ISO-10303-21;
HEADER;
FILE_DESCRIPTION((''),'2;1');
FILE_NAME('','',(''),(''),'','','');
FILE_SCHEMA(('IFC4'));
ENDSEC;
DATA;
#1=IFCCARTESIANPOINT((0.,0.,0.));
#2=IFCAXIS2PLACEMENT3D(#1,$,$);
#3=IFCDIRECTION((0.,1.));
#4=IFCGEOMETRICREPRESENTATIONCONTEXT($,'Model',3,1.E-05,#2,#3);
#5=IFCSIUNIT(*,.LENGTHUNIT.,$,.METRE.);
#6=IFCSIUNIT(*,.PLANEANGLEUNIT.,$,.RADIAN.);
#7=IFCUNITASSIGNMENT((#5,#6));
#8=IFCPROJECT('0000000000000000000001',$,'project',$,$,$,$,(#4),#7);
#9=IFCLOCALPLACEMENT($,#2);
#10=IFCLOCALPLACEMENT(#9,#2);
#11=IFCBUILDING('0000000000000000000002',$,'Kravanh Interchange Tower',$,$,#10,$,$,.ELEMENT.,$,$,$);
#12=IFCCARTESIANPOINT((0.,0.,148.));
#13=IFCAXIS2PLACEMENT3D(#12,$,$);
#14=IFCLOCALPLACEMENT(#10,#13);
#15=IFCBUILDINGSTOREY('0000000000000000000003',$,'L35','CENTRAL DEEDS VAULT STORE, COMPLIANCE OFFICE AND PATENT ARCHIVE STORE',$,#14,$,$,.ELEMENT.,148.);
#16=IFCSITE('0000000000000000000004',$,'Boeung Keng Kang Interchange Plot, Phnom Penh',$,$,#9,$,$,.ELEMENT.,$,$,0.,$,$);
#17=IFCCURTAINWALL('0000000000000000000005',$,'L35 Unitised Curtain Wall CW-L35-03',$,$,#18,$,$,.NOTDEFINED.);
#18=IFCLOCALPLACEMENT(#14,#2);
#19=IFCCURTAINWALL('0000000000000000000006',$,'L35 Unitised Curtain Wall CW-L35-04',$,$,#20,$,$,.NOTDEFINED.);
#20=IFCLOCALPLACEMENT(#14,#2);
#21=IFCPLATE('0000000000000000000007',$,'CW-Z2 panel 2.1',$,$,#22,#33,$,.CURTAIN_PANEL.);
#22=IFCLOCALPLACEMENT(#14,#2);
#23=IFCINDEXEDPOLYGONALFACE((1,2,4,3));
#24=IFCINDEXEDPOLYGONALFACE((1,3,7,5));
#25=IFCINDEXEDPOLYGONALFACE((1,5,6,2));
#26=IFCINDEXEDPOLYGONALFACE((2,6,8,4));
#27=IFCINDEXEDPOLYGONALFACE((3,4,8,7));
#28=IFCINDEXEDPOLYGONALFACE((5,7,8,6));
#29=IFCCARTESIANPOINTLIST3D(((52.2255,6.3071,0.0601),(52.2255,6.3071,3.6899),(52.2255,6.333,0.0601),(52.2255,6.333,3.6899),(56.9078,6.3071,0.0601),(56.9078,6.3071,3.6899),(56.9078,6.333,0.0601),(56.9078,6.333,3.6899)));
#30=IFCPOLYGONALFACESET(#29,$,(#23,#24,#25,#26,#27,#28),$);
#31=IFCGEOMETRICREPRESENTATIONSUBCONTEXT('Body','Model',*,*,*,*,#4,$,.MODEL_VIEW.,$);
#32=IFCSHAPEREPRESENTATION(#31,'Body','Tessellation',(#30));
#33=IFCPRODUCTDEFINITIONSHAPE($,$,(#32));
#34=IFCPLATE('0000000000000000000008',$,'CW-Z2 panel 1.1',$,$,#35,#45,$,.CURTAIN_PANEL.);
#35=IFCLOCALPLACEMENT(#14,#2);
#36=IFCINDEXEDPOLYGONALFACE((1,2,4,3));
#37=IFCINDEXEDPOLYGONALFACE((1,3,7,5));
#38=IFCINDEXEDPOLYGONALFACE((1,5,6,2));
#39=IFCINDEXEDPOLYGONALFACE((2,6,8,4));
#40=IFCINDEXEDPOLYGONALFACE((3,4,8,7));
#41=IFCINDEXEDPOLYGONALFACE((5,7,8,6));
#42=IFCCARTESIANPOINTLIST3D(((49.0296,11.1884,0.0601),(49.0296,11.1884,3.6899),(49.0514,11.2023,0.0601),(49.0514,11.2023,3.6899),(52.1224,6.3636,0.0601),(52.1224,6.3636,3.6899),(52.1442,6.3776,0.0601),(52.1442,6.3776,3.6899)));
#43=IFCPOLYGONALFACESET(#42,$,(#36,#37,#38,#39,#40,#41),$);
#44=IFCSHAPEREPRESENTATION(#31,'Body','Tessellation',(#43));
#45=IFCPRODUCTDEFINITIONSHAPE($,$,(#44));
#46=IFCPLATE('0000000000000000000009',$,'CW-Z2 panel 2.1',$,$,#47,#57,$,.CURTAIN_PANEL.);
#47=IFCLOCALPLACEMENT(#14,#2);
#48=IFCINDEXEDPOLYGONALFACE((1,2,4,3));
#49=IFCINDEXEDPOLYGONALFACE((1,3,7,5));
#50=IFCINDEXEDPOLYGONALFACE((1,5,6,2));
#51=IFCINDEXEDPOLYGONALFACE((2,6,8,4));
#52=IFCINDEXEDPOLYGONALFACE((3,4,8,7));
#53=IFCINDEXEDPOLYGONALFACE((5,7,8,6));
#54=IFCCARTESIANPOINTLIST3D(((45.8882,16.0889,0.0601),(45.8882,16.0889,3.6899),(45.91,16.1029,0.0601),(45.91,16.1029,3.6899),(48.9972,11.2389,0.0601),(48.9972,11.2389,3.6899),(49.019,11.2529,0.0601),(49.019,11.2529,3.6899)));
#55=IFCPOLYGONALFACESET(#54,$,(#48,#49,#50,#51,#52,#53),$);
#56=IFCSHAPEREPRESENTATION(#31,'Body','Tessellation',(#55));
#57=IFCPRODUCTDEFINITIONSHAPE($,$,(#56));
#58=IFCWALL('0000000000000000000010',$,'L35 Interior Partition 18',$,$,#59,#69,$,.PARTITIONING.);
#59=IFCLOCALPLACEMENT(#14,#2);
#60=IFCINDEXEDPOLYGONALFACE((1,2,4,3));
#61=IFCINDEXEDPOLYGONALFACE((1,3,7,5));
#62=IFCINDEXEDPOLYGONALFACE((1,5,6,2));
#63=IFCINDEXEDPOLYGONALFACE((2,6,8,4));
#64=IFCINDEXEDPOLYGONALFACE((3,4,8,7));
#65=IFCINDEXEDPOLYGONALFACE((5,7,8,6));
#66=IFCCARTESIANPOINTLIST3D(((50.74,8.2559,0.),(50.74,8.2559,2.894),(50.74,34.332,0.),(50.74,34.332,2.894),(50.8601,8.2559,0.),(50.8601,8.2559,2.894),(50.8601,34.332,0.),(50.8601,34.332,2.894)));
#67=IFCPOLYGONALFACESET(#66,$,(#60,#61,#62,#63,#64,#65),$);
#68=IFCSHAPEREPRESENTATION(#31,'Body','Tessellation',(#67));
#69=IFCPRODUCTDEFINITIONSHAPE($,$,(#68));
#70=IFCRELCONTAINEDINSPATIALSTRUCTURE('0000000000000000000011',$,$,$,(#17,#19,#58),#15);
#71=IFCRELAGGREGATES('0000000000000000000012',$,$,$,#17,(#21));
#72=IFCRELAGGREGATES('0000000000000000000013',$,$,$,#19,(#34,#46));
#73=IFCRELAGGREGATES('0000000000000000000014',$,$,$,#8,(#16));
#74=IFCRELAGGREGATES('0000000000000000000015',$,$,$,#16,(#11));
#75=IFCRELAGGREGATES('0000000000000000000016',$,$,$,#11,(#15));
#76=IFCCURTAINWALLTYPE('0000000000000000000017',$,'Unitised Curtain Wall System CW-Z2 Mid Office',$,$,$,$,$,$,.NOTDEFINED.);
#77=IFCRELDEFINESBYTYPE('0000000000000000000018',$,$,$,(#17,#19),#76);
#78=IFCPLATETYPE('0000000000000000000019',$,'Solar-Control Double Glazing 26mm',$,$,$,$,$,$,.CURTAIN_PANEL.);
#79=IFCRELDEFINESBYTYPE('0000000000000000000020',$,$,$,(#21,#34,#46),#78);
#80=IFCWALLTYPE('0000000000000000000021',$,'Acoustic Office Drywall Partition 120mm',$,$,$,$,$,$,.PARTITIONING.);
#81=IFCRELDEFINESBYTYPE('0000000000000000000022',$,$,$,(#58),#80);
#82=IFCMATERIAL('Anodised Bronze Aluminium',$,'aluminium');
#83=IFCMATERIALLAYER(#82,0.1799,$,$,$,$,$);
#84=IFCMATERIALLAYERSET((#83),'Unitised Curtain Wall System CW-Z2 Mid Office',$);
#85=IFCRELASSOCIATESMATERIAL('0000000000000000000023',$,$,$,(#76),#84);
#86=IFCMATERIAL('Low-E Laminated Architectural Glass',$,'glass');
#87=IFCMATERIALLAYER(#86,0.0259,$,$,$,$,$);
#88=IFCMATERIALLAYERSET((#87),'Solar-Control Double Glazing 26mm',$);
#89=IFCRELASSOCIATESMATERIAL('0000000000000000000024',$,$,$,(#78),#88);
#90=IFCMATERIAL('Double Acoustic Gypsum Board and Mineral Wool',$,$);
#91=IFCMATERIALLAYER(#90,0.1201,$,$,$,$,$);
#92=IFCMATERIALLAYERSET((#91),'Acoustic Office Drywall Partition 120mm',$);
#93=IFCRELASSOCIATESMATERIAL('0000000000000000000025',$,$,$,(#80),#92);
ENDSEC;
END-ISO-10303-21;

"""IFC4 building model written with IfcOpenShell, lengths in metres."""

from ifc_helpers import new_model, si_unit, direction, frame, frame_2d, origin, origin_2d, place, context, subcontext, project, spatial, rectangle, extrude, material, layer, layer_set, type_object, element, aggregate, save


model = new_model("IFC4")

# Units and contexts
model_context = context("Model", 3, precision=1e-05, world=origin(), true_north=direction((0.0, 1.0)))
body_context = subcontext(model_context, "Body", "Model", "MODEL_VIEW")
ifc_project = project(units=[si_unit("LENGTHUNIT", "METRE"), si_unit("PLANEANGLEUNIT", "RADIAN")], contexts=[model_context])

# Site, building, storey
site_placement = place(None, origin())
site = spatial("IfcSite", under=ifc_project, at=site_placement, Name="Boeung Keng Kang Interchange Plot, Phnom Penh", CompositionType="ELEMENT", RefElevation=0.0)
building_placement = place(site_placement, origin())
building = spatial("IfcBuilding", under=site, at=building_placement, Name="Kravanh Interchange Tower", CompositionType="ELEMENT")
storey_placement = place(building_placement, frame((0.0, 0.0, 148.0)))
storey = spatial("IfcBuildingStorey", under=building, at=storey_placement, Name="L35", Description="CENTRAL DEEDS VAULT STORE, COMPLIANCE OFFICE AND PATENT ARCHIVE STORE", CompositionType="ELEMENT", Elevation=148.0)

# Curtain wall
ifc_material_1 = material(Name="Anodised Bronze Aluminium", Category="aluminium")
ifc_layer_1 = layer(ifc_material_1, 0.1799)
ifc_layer_set_1 = layer_set([ifc_layer_1], Name="Unitised Curtain Wall System CW-Z2 Mid Office")
curtain_wall_type = type_object("IfcCurtainWallType", Name="Unitised Curtain Wall System CW-Z2 Mid Office", PredefinedType="NOTDEFINED", material=ifc_layer_set_1)
curtain_wall_1_placement = place(storey_placement, origin())
curtain_wall_1 = element("IfcCurtainWall", 1, at=curtain_wall_1_placement, inside=storey, type_object=curtain_wall_type, Name="L35 Unitised Curtain Wall CW-L35-03", PredefinedType="NOTDEFINED")

# Curtain wall
curtain_wall_2_placement = place(storey_placement, origin())
curtain_wall_2 = element("IfcCurtainWall", 2, at=curtain_wall_2_placement, inside=storey, type_object=curtain_wall_type, Name="L35 Unitised Curtain Wall CW-L35-04", PredefinedType="NOTDEFINED")

# Plates
ifc_material_2 = material(Name="Low-E Laminated Architectural Glass", Category="glass")
ifc_layer_2 = layer(ifc_material_2, 0.0259)
ifc_layer_set_2 = layer_set([ifc_layer_2], Name="Solar-Control Double Glazing 26mm")
plate_type = type_object("IfcPlateType", Name="Solar-Control Double Glazing 26mm", PredefinedType="CURTAIN_PANEL", material=ifc_layer_set_2)
plate_1_placement = place(storey_placement, frame((54.5667, 6.3201, 0.0601), z_axis=(0.0, 0.0, 1.0), x_axis=(-1.0, 0.0, 0.0)))
plate_1 = element("IfcPlate", 3, at=plate_1_placement, type_object=plate_type, Name="CW-Z2 panel 2.1", PredefinedType="CURTAIN_PANEL", context=body_context, shape_type="SweptSolid", body=[
    extrude(rectangle(XDim=4.6824, YDim=0.0259, at=origin_2d()), origin(), (0.0, 0.0, 1.0), 3.6299),
])
aggregate(curtain_wall_1, [plate_1])
plate_2_placement = place(storey_placement, frame((50.5869, 8.783, 0.0601), z_axis=(0.0, 0.0, 1.0), x_axis=(-0.539665, 0.84188, 0.0)))
plate_2 = element("IfcPlate", 4, at=plate_2_placement, type_object=plate_type, Name="CW-Z2 panel 1.1", PredefinedType="CURTAIN_PANEL", context=body_context, shape_type="SweptSolid", body=[
    extrude(rectangle(XDim=5.731, YDim=0.0259, at=origin_2d()), origin(), (0.0, 0.0, 1.0), 3.6299),
])
plate_3_placement = place(storey_placement, frame((47.4536, 13.6709, 0.0601), z_axis=(0.0, 0.0, 1.0), x_axis=(-0.539665, 0.84188, 0.0)))
plate_3 = element("IfcPlate", 5, at=plate_3_placement, type_object=plate_type, Name="CW-Z2 panel 2.1", PredefinedType="CURTAIN_PANEL", context=body_context, shape_type="SweptSolid", body=[
    extrude(rectangle(XDim=5.761, YDim=0.0259, at=origin_2d()), origin(), (0.0, 0.0, 1.0), 3.6299),
])
aggregate(curtain_wall_2, [plate_2, plate_3])

# Wall
ifc_material_3 = material(Name="Double Acoustic Gypsum Board and Mineral Wool")
ifc_layer_3 = layer(ifc_material_3, 0.1201)
ifc_layer_set_3 = layer_set([ifc_layer_3], Name="Acoustic Office Drywall Partition 120mm")
wall_type = type_object("IfcWallType", Name="Acoustic Office Drywall Partition 120mm", PredefinedType="PARTITIONING", material=ifc_layer_set_3)
wall_placement = place(storey_placement, frame((50.8, 8.2559, 0.0), z_axis=(0.0, 0.0, 1.0), x_axis=(0.0, 1.0, 0.0)))
element("IfcWall", 6, at=wall_placement, inside=storey, type_object=wall_type, Name="L35 Interior Partition 18", PredefinedType="PARTITIONING", context=body_context, shape_type="SweptSolid", body=[
    extrude(rectangle(XDim=26.0762, YDim=0.1201, at=frame_2d((13.0381, 0.0))), origin(), (0.0, 0.0, 1.0), 2.894),
])

save(model, "model.ifc")
